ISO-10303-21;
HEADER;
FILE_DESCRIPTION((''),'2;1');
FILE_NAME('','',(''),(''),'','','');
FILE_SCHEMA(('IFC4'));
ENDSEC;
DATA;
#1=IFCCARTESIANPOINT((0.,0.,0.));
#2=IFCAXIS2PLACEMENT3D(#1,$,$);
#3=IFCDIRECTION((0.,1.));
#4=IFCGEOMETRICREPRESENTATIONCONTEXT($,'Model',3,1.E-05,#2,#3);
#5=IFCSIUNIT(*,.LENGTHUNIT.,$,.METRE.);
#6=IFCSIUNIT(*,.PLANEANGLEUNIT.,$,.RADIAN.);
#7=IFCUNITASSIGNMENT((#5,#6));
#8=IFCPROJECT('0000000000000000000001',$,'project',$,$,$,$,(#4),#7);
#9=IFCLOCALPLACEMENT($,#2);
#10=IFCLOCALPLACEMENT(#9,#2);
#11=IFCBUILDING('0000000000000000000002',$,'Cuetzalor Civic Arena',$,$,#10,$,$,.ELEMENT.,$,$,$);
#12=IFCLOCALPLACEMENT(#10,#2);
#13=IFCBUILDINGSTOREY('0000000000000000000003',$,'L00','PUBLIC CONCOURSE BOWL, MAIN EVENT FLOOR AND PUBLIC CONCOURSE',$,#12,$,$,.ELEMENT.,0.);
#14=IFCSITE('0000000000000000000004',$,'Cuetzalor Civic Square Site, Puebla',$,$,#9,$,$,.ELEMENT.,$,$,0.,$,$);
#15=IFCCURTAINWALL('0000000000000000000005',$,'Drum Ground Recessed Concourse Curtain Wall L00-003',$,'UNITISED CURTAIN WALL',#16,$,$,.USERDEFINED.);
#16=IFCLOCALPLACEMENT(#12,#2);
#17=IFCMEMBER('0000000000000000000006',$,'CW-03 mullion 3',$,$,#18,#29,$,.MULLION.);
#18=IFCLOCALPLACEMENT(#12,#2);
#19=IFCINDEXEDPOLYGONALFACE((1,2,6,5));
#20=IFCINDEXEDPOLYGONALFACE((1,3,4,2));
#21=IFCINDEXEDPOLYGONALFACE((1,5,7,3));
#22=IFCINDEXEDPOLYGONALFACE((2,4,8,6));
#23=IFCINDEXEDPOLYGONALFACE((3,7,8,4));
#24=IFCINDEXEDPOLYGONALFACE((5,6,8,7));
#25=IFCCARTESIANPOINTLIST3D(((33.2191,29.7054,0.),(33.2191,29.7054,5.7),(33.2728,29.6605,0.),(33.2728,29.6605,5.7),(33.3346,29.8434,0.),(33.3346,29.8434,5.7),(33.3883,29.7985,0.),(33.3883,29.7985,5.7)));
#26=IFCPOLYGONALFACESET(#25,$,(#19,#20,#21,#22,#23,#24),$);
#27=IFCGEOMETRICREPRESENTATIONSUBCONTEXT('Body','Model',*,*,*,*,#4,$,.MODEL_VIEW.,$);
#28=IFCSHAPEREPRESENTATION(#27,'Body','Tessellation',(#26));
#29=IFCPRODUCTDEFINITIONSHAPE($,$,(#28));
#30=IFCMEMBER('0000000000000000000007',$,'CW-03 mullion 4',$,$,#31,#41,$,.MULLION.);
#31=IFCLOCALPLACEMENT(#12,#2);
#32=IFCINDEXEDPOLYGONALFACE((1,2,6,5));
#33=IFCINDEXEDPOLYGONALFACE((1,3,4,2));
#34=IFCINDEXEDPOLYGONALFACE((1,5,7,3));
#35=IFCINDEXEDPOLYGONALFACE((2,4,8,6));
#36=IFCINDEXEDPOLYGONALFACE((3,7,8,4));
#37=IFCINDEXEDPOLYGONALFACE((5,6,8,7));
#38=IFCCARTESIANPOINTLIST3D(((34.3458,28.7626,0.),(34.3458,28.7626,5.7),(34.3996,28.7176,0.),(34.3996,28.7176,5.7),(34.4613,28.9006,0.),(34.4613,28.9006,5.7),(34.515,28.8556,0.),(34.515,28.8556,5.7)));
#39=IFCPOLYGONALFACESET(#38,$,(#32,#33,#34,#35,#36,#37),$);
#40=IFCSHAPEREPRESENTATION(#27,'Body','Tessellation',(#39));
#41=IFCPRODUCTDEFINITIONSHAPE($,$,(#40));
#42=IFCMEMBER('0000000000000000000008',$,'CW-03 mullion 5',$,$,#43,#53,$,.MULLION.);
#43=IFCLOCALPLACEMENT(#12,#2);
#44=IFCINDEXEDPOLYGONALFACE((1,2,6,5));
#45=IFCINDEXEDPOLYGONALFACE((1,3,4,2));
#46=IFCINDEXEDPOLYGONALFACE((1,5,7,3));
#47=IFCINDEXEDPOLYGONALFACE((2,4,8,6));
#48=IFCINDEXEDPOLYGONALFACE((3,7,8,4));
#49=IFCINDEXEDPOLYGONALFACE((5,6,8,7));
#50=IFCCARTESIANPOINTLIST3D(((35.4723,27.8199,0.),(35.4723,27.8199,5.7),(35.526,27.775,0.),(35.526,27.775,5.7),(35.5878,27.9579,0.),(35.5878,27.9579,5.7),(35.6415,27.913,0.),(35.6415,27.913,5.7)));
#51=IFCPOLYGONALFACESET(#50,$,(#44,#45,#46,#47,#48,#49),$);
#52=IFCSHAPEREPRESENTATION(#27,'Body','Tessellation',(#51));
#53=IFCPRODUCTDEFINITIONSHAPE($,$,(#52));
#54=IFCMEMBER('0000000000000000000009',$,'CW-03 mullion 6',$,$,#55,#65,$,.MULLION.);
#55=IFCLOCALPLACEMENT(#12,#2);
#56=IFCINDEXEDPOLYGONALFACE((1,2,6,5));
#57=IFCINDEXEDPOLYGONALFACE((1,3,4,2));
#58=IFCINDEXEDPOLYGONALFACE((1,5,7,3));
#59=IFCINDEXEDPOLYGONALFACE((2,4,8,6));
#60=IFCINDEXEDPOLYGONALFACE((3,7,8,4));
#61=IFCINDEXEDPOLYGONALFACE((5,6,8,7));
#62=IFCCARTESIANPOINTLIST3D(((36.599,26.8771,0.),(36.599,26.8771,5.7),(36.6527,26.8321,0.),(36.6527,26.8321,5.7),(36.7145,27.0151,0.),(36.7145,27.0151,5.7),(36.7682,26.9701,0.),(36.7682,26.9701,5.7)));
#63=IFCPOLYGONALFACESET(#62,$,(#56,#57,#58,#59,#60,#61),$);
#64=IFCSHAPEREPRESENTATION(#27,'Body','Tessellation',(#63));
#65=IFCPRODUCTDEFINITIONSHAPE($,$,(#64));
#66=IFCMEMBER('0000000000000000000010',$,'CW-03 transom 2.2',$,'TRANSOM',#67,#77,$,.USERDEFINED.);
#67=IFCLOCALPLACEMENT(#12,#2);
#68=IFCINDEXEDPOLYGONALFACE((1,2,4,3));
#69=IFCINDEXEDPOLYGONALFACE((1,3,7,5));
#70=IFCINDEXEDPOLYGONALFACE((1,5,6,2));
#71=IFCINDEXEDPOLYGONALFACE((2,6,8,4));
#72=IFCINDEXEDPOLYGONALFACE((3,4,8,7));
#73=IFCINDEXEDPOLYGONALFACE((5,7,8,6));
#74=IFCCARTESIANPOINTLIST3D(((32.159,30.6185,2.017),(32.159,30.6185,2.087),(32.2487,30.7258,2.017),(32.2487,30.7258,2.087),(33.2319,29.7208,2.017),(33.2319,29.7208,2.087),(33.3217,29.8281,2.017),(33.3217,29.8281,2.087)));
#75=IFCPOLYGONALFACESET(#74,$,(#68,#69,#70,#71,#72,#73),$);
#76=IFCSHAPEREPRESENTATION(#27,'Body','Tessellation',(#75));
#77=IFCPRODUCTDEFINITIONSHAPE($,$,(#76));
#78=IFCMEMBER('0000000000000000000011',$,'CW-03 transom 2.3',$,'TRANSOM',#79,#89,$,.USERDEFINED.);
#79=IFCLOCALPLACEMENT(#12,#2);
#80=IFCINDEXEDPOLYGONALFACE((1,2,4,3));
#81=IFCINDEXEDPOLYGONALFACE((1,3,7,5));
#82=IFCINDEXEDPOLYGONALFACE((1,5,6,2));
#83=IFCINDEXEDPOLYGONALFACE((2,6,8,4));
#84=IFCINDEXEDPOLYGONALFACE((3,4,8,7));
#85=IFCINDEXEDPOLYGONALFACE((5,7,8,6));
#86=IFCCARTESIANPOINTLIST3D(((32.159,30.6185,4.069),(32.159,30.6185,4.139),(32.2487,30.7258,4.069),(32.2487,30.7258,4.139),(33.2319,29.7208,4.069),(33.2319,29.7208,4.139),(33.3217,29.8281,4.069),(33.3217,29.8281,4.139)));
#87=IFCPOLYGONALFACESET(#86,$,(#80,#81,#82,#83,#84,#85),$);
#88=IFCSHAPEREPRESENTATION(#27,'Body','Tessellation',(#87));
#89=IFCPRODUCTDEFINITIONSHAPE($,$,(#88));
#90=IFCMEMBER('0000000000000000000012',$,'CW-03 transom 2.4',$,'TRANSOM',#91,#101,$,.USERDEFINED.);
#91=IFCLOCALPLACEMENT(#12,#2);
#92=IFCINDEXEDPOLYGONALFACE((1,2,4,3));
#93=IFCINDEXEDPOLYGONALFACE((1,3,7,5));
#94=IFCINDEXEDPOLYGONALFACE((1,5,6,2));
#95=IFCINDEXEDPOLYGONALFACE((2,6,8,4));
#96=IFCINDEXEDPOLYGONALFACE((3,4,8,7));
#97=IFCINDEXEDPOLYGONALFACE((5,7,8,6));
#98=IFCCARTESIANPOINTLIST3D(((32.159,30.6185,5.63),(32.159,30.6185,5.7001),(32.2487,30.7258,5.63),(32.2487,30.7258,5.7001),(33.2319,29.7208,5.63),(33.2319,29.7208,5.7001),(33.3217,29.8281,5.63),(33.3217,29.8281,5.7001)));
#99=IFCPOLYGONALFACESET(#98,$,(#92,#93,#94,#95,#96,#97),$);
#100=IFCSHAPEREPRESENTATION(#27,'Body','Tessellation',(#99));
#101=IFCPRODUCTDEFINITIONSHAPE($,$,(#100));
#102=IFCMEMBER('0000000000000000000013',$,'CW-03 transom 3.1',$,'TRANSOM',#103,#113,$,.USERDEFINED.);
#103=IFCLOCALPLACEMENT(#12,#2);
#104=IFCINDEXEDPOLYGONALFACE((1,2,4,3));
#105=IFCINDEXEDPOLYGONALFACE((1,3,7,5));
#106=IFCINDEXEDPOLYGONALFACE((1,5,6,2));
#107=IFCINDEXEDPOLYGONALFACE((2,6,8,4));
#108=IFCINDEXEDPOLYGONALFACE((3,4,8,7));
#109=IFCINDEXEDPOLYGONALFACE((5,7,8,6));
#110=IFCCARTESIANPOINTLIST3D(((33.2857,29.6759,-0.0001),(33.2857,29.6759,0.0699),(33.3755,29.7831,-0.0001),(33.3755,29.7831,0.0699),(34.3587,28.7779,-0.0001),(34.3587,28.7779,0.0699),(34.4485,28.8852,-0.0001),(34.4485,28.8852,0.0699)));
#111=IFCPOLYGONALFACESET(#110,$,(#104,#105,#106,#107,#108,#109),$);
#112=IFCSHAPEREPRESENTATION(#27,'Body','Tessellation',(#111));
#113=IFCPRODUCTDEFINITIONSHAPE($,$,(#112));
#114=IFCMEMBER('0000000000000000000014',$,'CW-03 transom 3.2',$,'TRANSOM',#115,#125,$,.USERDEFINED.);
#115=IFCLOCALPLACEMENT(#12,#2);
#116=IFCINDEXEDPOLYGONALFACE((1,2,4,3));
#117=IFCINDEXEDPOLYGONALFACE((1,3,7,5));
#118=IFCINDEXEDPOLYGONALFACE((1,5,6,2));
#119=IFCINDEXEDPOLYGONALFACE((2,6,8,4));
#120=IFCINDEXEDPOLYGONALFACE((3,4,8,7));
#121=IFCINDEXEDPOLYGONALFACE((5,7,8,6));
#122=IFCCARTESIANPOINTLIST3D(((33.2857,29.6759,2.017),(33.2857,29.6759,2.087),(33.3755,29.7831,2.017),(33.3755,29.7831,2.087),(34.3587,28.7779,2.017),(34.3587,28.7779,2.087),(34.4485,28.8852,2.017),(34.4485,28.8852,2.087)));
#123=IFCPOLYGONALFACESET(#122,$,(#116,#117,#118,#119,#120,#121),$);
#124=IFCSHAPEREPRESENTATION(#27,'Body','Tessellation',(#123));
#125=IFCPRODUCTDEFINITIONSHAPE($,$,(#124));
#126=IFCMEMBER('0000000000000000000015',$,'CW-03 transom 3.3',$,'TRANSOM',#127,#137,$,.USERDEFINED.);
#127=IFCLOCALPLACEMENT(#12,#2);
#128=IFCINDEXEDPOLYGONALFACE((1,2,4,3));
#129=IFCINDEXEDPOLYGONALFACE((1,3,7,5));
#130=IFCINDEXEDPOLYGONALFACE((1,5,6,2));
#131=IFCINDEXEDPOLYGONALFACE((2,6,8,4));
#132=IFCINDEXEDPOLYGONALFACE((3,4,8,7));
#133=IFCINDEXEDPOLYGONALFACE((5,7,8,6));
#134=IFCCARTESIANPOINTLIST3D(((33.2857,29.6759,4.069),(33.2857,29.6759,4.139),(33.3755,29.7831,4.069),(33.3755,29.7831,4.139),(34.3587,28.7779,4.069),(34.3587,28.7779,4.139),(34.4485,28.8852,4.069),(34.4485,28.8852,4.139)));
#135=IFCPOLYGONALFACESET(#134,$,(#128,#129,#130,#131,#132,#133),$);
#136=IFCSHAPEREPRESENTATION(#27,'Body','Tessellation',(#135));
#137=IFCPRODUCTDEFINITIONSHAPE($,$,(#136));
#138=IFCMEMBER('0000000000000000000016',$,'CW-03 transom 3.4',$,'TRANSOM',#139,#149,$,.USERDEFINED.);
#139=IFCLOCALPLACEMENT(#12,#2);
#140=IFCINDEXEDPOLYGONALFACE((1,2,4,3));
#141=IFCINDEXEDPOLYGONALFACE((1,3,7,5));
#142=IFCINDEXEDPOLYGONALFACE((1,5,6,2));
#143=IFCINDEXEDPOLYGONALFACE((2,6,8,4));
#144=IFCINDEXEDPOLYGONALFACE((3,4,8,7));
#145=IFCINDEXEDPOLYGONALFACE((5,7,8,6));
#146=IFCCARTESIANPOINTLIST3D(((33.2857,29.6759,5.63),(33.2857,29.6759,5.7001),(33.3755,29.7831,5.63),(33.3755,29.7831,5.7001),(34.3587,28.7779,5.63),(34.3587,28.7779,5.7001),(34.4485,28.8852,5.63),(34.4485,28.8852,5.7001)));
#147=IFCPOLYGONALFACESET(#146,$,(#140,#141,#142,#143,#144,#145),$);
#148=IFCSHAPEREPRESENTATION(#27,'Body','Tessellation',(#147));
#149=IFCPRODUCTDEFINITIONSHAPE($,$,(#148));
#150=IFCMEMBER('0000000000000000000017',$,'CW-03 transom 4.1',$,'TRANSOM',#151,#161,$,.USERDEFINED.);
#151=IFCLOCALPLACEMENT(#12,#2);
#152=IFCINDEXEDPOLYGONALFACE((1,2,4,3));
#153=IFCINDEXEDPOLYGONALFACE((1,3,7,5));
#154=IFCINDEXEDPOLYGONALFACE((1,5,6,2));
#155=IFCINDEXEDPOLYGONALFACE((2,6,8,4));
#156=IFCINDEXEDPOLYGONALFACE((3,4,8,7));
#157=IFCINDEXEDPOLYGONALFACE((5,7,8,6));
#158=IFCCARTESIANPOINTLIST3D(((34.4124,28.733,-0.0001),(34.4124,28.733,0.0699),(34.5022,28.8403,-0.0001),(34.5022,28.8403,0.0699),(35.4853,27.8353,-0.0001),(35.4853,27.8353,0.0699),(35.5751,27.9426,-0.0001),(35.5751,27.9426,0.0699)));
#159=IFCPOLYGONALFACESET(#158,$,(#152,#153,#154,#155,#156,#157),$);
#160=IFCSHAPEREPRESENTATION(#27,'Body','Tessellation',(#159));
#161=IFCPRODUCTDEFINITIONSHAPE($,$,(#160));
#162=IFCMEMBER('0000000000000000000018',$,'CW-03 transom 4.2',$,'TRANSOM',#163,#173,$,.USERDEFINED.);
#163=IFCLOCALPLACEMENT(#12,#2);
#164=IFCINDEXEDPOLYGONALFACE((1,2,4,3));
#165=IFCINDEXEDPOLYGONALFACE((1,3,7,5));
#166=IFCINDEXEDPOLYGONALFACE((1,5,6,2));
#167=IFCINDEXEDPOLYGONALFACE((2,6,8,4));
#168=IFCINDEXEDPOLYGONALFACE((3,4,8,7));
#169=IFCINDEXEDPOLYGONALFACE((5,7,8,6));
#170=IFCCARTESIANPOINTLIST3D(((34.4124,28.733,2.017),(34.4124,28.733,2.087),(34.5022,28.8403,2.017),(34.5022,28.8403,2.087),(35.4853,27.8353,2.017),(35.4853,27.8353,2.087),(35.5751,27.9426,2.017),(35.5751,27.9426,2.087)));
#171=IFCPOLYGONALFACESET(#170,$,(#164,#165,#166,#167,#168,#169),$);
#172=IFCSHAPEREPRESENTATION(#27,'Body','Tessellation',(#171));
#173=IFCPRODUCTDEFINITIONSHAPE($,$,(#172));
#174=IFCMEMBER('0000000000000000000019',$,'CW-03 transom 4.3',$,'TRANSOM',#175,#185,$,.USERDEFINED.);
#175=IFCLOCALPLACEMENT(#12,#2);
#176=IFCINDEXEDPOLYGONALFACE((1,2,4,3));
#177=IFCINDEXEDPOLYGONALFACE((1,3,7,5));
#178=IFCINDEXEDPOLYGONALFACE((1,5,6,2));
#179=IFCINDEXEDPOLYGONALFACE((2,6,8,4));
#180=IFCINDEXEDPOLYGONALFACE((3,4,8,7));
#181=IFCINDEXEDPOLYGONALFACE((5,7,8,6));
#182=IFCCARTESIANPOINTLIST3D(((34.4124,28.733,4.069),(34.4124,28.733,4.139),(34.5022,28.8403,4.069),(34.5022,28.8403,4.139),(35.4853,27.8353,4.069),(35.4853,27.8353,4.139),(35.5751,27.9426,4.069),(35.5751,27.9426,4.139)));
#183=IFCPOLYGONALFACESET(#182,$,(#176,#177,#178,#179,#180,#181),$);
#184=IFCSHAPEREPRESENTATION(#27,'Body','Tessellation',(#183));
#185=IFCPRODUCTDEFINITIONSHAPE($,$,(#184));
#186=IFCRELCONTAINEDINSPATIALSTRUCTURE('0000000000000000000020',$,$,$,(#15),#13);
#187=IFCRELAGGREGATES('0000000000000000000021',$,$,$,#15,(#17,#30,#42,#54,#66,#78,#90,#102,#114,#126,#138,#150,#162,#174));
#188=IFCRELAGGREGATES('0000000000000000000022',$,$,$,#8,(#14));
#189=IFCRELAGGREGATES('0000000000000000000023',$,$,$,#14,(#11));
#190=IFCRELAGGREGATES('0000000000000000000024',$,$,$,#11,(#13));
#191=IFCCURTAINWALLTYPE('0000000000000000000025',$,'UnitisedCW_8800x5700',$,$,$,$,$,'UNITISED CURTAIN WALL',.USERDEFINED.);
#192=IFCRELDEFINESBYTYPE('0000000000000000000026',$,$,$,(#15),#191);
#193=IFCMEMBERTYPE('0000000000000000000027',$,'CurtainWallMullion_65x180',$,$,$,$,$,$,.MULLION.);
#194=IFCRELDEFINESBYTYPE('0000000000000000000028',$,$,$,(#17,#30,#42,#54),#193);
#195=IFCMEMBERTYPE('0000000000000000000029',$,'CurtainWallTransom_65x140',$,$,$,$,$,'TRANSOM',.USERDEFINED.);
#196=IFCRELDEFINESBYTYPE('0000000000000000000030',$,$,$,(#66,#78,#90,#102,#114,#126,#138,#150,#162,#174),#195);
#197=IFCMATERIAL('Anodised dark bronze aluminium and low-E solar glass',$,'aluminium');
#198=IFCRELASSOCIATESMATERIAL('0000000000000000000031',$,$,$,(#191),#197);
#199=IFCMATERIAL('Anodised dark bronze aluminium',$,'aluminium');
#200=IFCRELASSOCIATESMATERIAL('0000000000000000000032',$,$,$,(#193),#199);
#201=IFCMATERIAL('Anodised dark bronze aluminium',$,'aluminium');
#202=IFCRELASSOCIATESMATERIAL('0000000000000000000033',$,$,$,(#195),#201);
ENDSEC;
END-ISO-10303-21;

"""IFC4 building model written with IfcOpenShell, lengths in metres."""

from ifc_helpers import new_model, si_unit, direction, frame, origin, origin_2d, place, context, subcontext, project, spatial, rectangle, extrude, material, material_profile, profile_set, type_object, element, aggregate, save


model = new_model("IFC4")

# Units and contexts
model_context = context("Model", 3, precision=1e-05, world=origin(), true_north=direction((0.0, 1.0)))
body_context = subcontext(model_context, "Body", "Model", "MODEL_VIEW")
ifc_project = project(units=[si_unit("LENGTHUNIT", "METRE"), si_unit("PLANEANGLEUNIT", "RADIAN")], contexts=[model_context])

# Site, building, storey
site_placement = place(None, origin())
site = spatial("IfcSite", under=ifc_project, at=site_placement, Name="Cuetzalor Civic Square Site, Puebla", CompositionType="ELEMENT", RefElevation=0.0)
building_placement = place(site_placement, origin())
building = spatial("IfcBuilding", under=site, at=building_placement, Name="Cuetzalor Civic Arena", CompositionType="ELEMENT")
storey_placement = place(building_placement, origin())
storey = spatial("IfcBuildingStorey", under=building, at=storey_placement, Name="L00", Description="PUBLIC CONCOURSE BOWL, MAIN EVENT FLOOR AND PUBLIC CONCOURSE", CompositionType="ELEMENT", Elevation=0.0)

# Curtain wall, members
ifc_material_1 = material(Name="Anodised dark bronze aluminium and low-E solar glass", Category="aluminium")
curtain_wall_type = type_object("IfcCurtainWallType", Name="UnitisedCW_8800x5700", ElementType="UNITISED CURTAIN WALL", PredefinedType="USERDEFINED", material=ifc_material_1)
curtain_wall_placement = place(storey_placement, origin())
curtain_wall = element("IfcCurtainWall", 1, at=curtain_wall_placement, inside=storey, type_object=curtain_wall_type, Name="Drum Ground Recessed Concourse Curtain Wall L00-003", ObjectType="UNITISED CURTAIN WALL", PredefinedType="USERDEFINED")
ifc_material_2 = material(Name="Anodised dark bronze aluminium", Category="aluminium")
ifc_material_profile_1 = material_profile(ifc_material_2, rectangle(XDim=0.0701, YDim=0.1799, at=origin_2d()), Name="ALU MULLION 70x180")
ifc_profile_set_1 = profile_set([ifc_material_profile_1], Name="Anodised dark bronze aluminium")
member_type_1 = type_object("IfcMemberType", Name="CurtainWallMullion_65x180", PredefinedType="MULLION", material=ifc_profile_set_1)
member_1_placement = place(storey_placement, frame((33.3037, 29.752, 0.0), z_axis=(0.0, 0.0, 1.0), x_axis=(0.766928, -0.641733, 0.0)))
member_1 = element("IfcMember", 2, at=member_1_placement, type_object=member_type_1, Name="CW-03 mullion 3", PredefinedType="MULLION", context=body_context, shape_type="SweptSolid", body=[
    extrude(rectangle(XDim=0.0701, YDim=0.1799, at=origin_2d()), origin(), (0.0, 0.0, 1.0), 5.7),
])
member_2_placement = place(storey_placement, frame((34.4304, 28.8091, 0.0), z_axis=(0.0, 0.0, 1.0), x_axis=(0.766928, -0.641733, 0.0)))
member_2 = element("IfcMember", 3, at=member_2_placement, type_object=member_type_1, Name="CW-03 mullion 4", PredefinedType="MULLION", context=body_context, shape_type="SweptSolid", body=[
    extrude(rectangle(XDim=0.0701, YDim=0.1799, at=origin_2d()), origin(), (0.0, 0.0, 1.0), 5.7),
])
member_3_placement = place(storey_placement, frame((35.5569, 27.8665, 0.0), z_axis=(0.0, 0.0, 1.0), x_axis=(0.766928, -0.641733, 0.0)))
member_3 = element("IfcMember", 4, at=member_3_placement, type_object=member_type_1, Name="CW-03 mullion 5", PredefinedType="MULLION", context=body_context, shape_type="SweptSolid", body=[
    extrude(rectangle(XDim=0.0701, YDim=0.1799, at=origin_2d()), origin(), (0.0, 0.0, 1.0), 5.7),
])
member_4_placement = place(storey_placement, frame((36.6836, 26.9236, 0.0), z_axis=(0.0, 0.0, 1.0), x_axis=(0.766928, -0.641733, 0.0)))
member_4 = element("IfcMember", 5, at=member_4_placement, type_object=member_type_1, Name="CW-03 mullion 6", PredefinedType="MULLION", context=body_context, shape_type="SweptSolid", body=[
    extrude(rectangle(XDim=0.0701, YDim=0.1799, at=origin_2d()), origin(), (0.0, 0.0, 1.0), 5.7),
])
ifc_material_3 = material(Name="Anodised dark bronze aluminium", Category="aluminium")
ifc_material_profile_2 = material_profile(ifc_material_3, rectangle(XDim=0.1399, YDim=0.0701, at=origin_2d()), Name="ALU TRANSOM 70x140")
ifc_profile_set_2 = profile_set([ifc_material_profile_2], Name="Anodised dark bronze aluminium")
member_type_2 = type_object("IfcMemberType", Name="CurtainWallTransom_65x140", ElementType="TRANSOM", PredefinedType="USERDEFINED", material=ifc_profile_set_2)
member_5_placement = place(storey_placement, frame((32.2039, 30.6721, 2.052), z_axis=(0.766975, -0.641677, 0.0), x_axis=(0.641677, 0.766975, 0.0)))
member_5 = element("IfcMember", 6, at=member_5_placement, type_object=member_type_2, Name="CW-03 transom 2.2", ObjectType="TRANSOM", PredefinedType="USERDEFINED", context=body_context, shape_type="SweptSolid", body=[
    extrude(rectangle(XDim=0.1399, YDim=0.0701, at=origin_2d()), origin(), (0.0, 0.0, 1.0), 1.3989),
])
member_6_placement = place(storey_placement, frame((32.2039, 30.6721, 4.104), z_axis=(0.766975, -0.641677, 0.0), x_axis=(0.641677, 0.766975, 0.0)))
member_6 = element("IfcMember", 7, at=member_6_placement, type_object=member_type_2, Name="CW-03 transom 2.3", ObjectType="TRANSOM", PredefinedType="USERDEFINED", context=body_context, shape_type="SweptSolid", body=[
    extrude(rectangle(XDim=0.1399, YDim=0.0701, at=origin_2d()), origin(), (0.0, 0.0, 1.0), 1.3989),
])
member_7_placement = place(storey_placement, frame((32.2039, 30.6721, 5.665), z_axis=(0.766975, -0.641677, 0.0), x_axis=(0.641677, 0.766975, 0.0)))
member_7 = element("IfcMember", 8, at=member_7_placement, type_object=member_type_2, Name="CW-03 transom 2.4", ObjectType="TRANSOM", PredefinedType="USERDEFINED", context=body_context, shape_type="SweptSolid", body=[
    extrude(rectangle(XDim=0.1399, YDim=0.0701, at=origin_2d()), origin(), (0.0, 0.0, 1.0), 1.3989),
])
member_8_placement = place(storey_placement, frame((33.3306, 29.7295, 0.0349), z_axis=(0.766889, -0.641779, 0.0), x_axis=(0.641779, 0.766889, 0.0)))
member_8 = element("IfcMember", 9, at=member_8_placement, type_object=member_type_2, Name="CW-03 transom 3.1", ObjectType="TRANSOM", PredefinedType="USERDEFINED", context=body_context, shape_type="SweptSolid", body=[
    extrude(rectangle(XDim=0.1399, YDim=0.0701, at=origin_2d()), origin(), (0.0, 0.0, 1.0), 1.3992),
])
member_9_placement = place(storey_placement, frame((33.3306, 29.7295, 2.052), z_axis=(0.766889, -0.641779, 0.0), x_axis=(0.641779, 0.766889, 0.0)))
member_9 = element("IfcMember", 10, at=member_9_placement, type_object=member_type_2, Name="CW-03 transom 3.2", ObjectType="TRANSOM", PredefinedType="USERDEFINED", context=body_context, shape_type="SweptSolid", body=[
    extrude(rectangle(XDim=0.1399, YDim=0.0701, at=origin_2d()), origin(), (0.0, 0.0, 1.0), 1.3992),
])
member_10_placement = place(storey_placement, frame((33.3306, 29.7295, 4.104), z_axis=(0.766889, -0.641779, 0.0), x_axis=(0.641779, 0.766889, 0.0)))
member_10 = element("IfcMember", 11, at=member_10_placement, type_object=member_type_2, Name="CW-03 transom 3.3", ObjectType="TRANSOM", PredefinedType="USERDEFINED", context=body_context, shape_type="SweptSolid", body=[
    extrude(rectangle(XDim=0.1399, YDim=0.0701, at=origin_2d()), origin(), (0.0, 0.0, 1.0), 1.3992),
])
member_11_placement = place(storey_placement, frame((33.3306, 29.7295, 5.665), z_axis=(0.766889, -0.641779, 0.0), x_axis=(0.641779, 0.766889, 0.0)))
member_11 = element("IfcMember", 12, at=member_11_placement, type_object=member_type_2, Name="CW-03 transom 3.4", ObjectType="TRANSOM", PredefinedType="USERDEFINED", context=body_context, shape_type="SweptSolid", body=[
    extrude(rectangle(XDim=0.1399, YDim=0.0701, at=origin_2d()), origin(), (0.0, 0.0, 1.0), 1.3992),
])
member_12_placement = place(storey_placement, frame((34.4573, 28.7866, 0.0349), z_axis=(0.766975, -0.641677, 0.0), x_axis=(0.641677, 0.766975, 0.0)))
member_12 = element("IfcMember", 13, at=member_12_placement, type_object=member_type_2, Name="CW-03 transom 4.1", ObjectType="TRANSOM", PredefinedType="USERDEFINED", context=body_context, shape_type="SweptSolid", body=[
    extrude(rectangle(XDim=0.1399, YDim=0.0701, at=origin_2d()), origin(), (0.0, 0.0, 1.0), 1.3989),
])
member_13_placement = place(storey_placement, frame((34.4573, 28.7866, 2.052), z_axis=(0.766975, -0.641677, 0.0), x_axis=(0.641677, 0.766975, 0.0)))
member_13 = element("IfcMember", 14, at=member_13_placement, type_object=member_type_2, Name="CW-03 transom 4.2", ObjectType="TRANSOM", PredefinedType="USERDEFINED", context=body_context, shape_type="SweptSolid", body=[
    extrude(rectangle(XDim=0.1399, YDim=0.0701, at=origin_2d()), origin(), (0.0, 0.0, 1.0), 1.3989),
])
member_14_placement = place(storey_placement, frame((34.4573, 28.7866, 4.104), z_axis=(0.766975, -0.641677, 0.0), x_axis=(0.641677, 0.766975, 0.0)))
member_14 = element("IfcMember", 15, at=member_14_placement, type_object=member_type_2, Name="CW-03 transom 4.3", ObjectType="TRANSOM", PredefinedType="USERDEFINED", context=body_context, shape_type="SweptSolid", body=[
    extrude(rectangle(XDim=0.1399, YDim=0.0701, at=origin_2d()), origin(), (0.0, 0.0, 1.0), 1.3989),
])
aggregate(curtain_wall, [member_1, member_2, member_3, member_4, member_5, member_6, member_7, member_8, member_9, member_10, member_11, member_12, member_13, member_14])

save(model, "model.ifc")
